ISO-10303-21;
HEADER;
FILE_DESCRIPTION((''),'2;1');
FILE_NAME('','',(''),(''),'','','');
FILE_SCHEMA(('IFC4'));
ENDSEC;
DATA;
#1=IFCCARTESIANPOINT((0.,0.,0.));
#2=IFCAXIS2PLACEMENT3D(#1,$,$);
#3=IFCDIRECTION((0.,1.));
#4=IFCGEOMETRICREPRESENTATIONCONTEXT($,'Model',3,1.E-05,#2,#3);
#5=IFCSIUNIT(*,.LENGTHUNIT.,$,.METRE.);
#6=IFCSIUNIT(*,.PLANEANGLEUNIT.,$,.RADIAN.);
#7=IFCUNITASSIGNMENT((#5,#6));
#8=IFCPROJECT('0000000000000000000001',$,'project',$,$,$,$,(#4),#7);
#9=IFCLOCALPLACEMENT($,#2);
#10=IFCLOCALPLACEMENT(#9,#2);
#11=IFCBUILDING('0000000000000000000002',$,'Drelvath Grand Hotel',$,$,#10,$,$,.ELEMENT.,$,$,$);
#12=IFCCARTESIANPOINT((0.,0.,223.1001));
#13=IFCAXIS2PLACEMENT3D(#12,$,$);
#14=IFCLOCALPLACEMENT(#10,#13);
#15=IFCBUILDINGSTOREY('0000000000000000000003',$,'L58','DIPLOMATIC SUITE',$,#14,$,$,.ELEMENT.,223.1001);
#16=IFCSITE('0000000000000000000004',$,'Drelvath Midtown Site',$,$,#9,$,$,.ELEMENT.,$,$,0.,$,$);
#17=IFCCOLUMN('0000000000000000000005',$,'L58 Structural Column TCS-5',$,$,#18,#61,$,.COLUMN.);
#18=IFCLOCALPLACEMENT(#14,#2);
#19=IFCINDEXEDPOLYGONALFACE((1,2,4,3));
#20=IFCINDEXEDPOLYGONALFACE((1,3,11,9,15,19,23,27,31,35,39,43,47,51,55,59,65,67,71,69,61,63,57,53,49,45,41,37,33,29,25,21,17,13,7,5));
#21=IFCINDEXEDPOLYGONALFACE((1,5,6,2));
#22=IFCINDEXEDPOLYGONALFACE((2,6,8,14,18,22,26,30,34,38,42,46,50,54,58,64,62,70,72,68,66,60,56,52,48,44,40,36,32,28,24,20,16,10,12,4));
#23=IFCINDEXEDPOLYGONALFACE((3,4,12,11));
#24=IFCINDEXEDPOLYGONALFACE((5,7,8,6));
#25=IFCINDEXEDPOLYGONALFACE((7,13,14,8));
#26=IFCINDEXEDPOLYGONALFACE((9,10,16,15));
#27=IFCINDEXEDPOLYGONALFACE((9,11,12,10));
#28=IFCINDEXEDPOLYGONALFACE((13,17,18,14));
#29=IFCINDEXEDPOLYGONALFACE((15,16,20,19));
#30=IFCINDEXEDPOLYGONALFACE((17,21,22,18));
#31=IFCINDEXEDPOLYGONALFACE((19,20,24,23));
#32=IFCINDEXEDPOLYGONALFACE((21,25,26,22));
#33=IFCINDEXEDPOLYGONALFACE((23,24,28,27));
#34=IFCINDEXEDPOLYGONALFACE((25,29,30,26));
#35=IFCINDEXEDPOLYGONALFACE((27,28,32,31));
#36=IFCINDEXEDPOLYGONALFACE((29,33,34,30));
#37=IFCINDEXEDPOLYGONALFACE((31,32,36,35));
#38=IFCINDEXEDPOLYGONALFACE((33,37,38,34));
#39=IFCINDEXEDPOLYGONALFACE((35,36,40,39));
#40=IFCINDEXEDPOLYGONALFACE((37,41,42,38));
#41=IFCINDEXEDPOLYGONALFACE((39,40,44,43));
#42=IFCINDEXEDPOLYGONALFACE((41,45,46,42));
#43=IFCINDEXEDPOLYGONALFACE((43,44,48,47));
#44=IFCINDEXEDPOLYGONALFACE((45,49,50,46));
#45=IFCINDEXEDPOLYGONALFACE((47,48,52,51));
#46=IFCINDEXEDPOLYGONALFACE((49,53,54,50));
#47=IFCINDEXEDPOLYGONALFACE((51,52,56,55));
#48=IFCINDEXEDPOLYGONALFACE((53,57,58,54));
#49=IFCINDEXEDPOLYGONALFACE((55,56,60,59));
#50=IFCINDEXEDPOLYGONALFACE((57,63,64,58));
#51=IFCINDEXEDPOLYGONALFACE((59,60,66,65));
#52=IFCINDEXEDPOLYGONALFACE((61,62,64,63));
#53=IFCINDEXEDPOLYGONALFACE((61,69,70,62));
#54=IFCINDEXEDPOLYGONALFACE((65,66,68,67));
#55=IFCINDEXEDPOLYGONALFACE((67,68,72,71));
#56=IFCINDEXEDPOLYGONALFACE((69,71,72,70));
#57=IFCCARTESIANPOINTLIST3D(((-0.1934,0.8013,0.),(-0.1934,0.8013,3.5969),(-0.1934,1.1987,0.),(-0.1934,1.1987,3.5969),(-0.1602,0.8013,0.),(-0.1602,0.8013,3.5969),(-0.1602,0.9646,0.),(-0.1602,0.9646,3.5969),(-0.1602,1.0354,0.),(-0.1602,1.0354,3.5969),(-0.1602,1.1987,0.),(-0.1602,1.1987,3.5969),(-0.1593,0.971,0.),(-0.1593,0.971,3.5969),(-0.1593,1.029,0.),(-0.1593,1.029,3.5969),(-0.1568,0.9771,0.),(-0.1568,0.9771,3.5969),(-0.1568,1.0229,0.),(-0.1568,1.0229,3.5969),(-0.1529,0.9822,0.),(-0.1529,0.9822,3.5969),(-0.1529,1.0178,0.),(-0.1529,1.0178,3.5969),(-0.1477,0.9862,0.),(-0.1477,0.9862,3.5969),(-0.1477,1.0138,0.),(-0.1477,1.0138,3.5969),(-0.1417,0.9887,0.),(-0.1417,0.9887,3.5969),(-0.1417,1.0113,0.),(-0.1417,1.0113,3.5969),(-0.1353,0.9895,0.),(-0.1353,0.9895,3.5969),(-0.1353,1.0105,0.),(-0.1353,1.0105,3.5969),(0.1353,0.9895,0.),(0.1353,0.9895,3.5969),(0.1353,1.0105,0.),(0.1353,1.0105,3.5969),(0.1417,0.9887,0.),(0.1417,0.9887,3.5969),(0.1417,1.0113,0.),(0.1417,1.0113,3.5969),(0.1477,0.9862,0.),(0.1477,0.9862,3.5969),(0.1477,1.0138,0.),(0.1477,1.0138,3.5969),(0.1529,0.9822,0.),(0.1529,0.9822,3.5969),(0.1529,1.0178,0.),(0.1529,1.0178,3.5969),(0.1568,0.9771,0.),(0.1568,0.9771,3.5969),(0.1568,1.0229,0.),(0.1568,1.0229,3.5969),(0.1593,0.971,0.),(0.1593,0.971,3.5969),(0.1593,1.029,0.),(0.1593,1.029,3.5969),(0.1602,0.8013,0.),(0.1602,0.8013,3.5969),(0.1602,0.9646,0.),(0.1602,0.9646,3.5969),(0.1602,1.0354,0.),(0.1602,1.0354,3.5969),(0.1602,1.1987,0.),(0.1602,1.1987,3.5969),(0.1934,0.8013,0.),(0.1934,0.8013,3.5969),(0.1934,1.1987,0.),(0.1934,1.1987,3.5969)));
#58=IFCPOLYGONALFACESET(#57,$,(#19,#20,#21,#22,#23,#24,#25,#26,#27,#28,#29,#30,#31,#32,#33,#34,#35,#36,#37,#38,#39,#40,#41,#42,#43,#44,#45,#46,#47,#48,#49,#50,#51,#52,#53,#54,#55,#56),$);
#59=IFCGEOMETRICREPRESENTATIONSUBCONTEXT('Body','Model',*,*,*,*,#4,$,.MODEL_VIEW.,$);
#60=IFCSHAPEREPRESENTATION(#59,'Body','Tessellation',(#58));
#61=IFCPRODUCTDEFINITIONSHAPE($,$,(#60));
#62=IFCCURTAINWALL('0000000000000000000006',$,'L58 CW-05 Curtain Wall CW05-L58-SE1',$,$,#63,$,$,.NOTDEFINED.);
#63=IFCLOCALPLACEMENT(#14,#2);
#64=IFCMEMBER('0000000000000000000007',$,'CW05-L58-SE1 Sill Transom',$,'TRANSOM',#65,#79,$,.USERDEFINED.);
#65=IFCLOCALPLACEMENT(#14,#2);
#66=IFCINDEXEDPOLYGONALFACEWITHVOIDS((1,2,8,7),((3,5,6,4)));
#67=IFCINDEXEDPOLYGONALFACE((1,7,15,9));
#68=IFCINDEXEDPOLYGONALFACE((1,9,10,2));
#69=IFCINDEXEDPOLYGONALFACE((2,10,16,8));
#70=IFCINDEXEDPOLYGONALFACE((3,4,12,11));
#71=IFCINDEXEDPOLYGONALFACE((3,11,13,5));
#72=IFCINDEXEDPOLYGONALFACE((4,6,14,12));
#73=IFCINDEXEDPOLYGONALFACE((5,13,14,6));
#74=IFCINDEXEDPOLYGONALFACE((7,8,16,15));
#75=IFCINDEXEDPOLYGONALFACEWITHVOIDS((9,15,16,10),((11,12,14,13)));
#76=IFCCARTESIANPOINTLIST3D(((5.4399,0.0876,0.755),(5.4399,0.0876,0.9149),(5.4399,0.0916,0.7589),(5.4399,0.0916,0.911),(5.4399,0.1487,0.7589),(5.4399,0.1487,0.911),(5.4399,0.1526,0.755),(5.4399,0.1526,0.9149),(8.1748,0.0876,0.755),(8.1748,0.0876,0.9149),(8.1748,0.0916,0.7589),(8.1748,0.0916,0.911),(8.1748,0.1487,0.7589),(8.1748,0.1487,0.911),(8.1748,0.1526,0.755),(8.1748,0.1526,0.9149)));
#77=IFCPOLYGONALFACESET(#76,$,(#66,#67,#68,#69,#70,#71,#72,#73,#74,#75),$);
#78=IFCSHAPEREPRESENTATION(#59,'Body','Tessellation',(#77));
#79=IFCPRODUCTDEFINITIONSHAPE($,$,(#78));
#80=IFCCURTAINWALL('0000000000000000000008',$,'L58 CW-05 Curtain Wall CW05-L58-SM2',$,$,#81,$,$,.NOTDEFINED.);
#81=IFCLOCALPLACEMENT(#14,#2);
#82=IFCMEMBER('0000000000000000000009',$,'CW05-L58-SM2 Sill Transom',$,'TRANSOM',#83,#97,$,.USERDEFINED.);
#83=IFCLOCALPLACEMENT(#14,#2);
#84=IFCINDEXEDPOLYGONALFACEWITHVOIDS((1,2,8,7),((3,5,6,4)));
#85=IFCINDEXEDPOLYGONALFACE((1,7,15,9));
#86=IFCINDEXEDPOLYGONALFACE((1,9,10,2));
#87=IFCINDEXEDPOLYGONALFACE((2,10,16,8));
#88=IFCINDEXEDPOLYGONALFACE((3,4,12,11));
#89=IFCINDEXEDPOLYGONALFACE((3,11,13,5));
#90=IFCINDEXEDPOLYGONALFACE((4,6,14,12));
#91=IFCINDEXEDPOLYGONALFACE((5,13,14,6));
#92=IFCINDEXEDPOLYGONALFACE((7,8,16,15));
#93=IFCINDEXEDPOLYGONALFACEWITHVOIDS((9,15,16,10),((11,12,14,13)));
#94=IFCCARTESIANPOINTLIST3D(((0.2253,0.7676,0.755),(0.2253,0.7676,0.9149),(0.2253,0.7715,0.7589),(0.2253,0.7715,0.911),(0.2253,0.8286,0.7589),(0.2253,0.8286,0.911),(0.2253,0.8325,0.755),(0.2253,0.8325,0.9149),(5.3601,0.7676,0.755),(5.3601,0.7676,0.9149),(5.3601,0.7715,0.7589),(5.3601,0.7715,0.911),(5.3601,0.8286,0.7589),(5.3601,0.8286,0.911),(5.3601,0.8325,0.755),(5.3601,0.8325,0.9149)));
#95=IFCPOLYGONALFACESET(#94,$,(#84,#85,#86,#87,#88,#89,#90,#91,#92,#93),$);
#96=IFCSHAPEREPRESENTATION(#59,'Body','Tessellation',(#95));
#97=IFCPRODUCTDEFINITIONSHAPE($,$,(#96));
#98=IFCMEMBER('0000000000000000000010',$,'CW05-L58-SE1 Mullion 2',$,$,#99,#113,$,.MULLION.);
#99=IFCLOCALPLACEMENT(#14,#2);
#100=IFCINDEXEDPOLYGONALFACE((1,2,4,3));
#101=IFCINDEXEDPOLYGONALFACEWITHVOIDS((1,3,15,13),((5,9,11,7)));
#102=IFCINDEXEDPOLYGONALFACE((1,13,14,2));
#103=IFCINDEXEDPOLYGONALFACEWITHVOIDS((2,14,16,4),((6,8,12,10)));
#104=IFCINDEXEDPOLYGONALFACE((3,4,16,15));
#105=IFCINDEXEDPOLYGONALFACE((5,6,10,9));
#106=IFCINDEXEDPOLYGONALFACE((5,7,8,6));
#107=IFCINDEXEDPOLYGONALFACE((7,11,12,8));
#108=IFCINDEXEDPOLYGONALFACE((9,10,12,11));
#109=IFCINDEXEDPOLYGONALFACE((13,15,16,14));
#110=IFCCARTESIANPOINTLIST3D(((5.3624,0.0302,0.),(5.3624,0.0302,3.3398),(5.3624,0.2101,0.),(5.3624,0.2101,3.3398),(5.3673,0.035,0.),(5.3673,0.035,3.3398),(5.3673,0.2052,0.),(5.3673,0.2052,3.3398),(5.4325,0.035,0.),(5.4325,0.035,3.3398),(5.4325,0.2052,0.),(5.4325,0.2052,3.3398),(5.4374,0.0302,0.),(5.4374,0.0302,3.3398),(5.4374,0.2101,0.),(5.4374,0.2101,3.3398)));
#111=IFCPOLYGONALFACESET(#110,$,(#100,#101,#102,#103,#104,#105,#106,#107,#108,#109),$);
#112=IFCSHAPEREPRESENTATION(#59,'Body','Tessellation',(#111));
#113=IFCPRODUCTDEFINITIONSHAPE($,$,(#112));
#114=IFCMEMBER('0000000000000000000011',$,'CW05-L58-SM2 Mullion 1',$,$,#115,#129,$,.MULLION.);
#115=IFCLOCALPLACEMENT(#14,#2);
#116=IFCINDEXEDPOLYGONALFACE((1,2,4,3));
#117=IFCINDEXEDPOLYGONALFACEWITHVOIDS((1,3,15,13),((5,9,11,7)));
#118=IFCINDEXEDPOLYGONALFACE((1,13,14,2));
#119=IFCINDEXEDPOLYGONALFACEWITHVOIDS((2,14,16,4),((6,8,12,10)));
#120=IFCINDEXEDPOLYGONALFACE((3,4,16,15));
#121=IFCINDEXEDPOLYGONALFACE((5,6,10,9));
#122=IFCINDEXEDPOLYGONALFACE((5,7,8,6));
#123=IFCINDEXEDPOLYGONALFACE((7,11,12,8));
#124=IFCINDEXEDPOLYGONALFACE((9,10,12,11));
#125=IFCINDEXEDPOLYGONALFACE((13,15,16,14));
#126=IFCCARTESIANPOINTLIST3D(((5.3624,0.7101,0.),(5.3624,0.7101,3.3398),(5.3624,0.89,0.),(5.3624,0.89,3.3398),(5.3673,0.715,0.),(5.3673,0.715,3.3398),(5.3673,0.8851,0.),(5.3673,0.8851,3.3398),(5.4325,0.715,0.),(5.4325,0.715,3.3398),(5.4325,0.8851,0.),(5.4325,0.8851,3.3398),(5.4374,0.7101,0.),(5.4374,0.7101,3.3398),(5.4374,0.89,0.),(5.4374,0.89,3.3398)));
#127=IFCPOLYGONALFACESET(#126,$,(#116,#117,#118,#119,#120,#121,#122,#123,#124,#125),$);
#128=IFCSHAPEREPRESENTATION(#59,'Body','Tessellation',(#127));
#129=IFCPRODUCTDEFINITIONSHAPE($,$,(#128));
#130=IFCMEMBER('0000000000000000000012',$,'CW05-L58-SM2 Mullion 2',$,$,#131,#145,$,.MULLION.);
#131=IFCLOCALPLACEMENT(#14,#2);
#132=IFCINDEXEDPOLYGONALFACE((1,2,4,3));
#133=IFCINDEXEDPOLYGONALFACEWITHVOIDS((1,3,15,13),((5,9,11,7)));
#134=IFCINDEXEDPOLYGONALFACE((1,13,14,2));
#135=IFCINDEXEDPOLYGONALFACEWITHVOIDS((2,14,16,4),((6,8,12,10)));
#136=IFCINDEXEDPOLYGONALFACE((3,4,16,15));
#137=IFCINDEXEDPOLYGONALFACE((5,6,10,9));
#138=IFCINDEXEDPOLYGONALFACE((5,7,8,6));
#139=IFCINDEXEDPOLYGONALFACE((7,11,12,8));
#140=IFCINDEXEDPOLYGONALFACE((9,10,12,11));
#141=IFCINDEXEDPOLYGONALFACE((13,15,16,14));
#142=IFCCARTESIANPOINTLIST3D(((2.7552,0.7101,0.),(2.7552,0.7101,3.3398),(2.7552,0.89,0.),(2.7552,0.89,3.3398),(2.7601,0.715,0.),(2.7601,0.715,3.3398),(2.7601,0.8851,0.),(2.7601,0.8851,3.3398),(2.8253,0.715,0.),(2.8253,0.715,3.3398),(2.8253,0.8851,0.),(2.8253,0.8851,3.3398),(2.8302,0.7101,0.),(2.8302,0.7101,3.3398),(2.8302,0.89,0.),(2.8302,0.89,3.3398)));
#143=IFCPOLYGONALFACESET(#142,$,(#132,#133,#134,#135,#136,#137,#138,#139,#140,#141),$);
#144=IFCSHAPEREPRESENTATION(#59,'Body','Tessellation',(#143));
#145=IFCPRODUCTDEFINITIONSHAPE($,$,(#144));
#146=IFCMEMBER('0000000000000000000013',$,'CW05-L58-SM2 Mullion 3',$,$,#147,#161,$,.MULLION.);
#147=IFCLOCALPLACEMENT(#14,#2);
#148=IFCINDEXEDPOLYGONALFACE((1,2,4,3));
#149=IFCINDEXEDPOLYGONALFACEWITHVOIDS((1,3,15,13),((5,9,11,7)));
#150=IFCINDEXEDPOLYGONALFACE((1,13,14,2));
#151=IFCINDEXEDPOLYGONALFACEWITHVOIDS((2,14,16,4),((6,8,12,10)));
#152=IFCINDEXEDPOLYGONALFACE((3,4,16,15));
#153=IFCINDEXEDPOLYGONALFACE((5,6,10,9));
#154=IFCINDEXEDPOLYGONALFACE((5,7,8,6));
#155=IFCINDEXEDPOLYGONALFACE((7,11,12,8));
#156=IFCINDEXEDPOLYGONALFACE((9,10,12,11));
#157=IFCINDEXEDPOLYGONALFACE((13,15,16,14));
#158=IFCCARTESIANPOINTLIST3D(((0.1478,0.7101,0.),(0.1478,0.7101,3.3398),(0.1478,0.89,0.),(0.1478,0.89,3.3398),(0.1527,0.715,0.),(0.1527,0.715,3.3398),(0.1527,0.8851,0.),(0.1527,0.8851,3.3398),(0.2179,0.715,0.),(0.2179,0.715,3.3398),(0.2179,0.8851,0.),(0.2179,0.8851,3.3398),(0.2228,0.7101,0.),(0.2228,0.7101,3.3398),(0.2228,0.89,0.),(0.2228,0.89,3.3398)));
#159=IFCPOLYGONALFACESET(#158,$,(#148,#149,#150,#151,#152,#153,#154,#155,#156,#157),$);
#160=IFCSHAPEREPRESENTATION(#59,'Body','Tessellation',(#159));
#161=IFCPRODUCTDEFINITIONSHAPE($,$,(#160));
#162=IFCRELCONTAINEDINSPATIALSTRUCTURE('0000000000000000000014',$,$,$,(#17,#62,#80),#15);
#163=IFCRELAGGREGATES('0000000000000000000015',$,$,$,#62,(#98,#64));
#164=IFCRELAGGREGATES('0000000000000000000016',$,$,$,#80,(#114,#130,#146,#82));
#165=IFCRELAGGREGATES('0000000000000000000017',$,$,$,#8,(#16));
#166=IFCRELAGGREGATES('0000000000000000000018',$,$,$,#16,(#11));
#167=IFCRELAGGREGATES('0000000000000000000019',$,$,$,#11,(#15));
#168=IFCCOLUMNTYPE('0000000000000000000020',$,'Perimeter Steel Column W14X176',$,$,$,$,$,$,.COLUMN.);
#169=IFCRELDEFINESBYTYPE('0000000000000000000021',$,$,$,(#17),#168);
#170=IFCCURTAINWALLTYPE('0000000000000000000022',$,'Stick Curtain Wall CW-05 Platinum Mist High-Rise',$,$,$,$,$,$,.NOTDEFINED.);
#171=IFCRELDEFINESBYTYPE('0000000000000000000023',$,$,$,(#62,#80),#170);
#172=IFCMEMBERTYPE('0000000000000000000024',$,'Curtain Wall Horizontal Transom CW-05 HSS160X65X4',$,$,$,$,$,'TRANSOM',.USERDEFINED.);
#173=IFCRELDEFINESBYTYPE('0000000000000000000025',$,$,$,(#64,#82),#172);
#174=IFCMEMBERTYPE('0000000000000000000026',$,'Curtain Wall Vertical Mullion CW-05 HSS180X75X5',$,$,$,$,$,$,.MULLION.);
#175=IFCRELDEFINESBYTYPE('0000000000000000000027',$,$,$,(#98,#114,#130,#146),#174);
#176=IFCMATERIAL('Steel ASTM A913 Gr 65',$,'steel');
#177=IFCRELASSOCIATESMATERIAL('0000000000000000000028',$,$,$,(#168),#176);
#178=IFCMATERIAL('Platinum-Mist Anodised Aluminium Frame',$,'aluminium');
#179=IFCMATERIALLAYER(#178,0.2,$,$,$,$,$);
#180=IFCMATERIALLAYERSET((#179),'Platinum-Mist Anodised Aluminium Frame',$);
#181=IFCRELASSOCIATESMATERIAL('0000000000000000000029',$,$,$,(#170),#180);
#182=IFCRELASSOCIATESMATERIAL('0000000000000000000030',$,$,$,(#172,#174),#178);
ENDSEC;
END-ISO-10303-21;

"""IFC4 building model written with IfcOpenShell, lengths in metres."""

from ifc_helpers import new_model, si_unit, direction, frame, origin, origin_2d, place, context, subcontext, project, spatial, hollow_rectangle, i_section, extrude, material, layer, layer_set, material_profile, profile_set, type_object, element, aggregate, save


model = new_model("IFC4")

# Units and contexts
model_context = context("Model", 3, precision=1e-05, world=origin(), true_north=direction((0.0, 1.0)))
body_context = subcontext(model_context, "Body", "Model", "MODEL_VIEW")
ifc_project = project(units=[si_unit("LENGTHUNIT", "METRE"), si_unit("PLANEANGLEUNIT", "RADIAN")], contexts=[model_context])

# Site, building, storey
site_placement = place(None, origin())
site = spatial("IfcSite", under=ifc_project, at=site_placement, Name="Drelvath Midtown Site", CompositionType="ELEMENT", RefElevation=0.0)
building_placement = place(site_placement, origin())
building = spatial("IfcBuilding", under=site, at=building_placement, Name="Drelvath Grand Hotel", CompositionType="ELEMENT")
storey_placement = place(building_placement, frame((0.0, 0.0, 223.1001)))
storey = spatial("IfcBuildingStorey", under=building, at=storey_placement, Name="L58", Description="DIPLOMATIC SUITE", CompositionType="ELEMENT", Elevation=223.1001)

# Column
ifc_material_1 = material(Name="Steel ASTM A913 Gr 65", Category="steel")
ifc_material_profile_1 = material_profile(ifc_material_1, i_section(OverallWidth=0.3975, OverallDepth=0.3867, WebThickness=0.021, FlangeThickness=0.0332, FilletRadius=0.0249, at=origin_2d()), Name="W14X176")
ifc_profile_set_1 = profile_set([ifc_material_profile_1], Name="Steel ASTM A913 Gr 65")
column_type = type_object("IfcColumnType", Name="Perimeter Steel Column W14X176", PredefinedType="COLUMN", material=ifc_profile_set_1)
column_placement = place(storey_placement, frame((0.0, 1.0, 0.0), z_axis=(0.0, 0.0, 1.0), x_axis=(0.0, 1.0, 0.0)))
element("IfcColumn", 1, at=column_placement, inside=storey, type_object=column_type, Name="L58 Structural Column TCS-5", PredefinedType="COLUMN", context=body_context, shape_type="SweptSolid", body=[
    extrude(i_section(OverallWidth=0.3975, OverallDepth=0.3867, WebThickness=0.021, FlangeThickness=0.0332, FilletRadius=0.0249, at=origin_2d()), origin(), (0.0, 0.0, 1.0), 3.5969),
])

# Curtain walls, members
ifc_material_2 = material(Name="Platinum-Mist Anodised Aluminium Frame", Category="aluminium")
ifc_layer_1 = layer(ifc_material_2, 0.2)
ifc_layer_set_1 = layer_set([ifc_layer_1], Name="Platinum-Mist Anodised Aluminium Frame")
curtain_wall_type = type_object("IfcCurtainWallType", Name="Stick Curtain Wall CW-05 Platinum Mist High-Rise", PredefinedType="NOTDEFINED", material=ifc_layer_set_1)
curtain_wall_1_placement = place(storey_placement, origin())
curtain_wall_1 = element("IfcCurtainWall", 2, at=curtain_wall_1_placement, inside=storey, type_object=curtain_wall_type, Name="L58 CW-05 Curtain Wall CW05-L58-SE1", PredefinedType="NOTDEFINED")
ifc_material_profile_2 = material_profile(ifc_material_2, hollow_rectangle(XDim=0.0649, YDim=0.1599, WallThickness=0.0039, at=origin_2d()), Name="HSS160X65X4")
ifc_profile_set_2 = profile_set([ifc_material_profile_2], Name="Platinum-Mist Anodised Aluminium Frame")
member_type_1 = type_object("IfcMemberType", Name="Curtain Wall Horizontal Transom CW-05 HSS160X65X4", ElementType="TRANSOM", PredefinedType="USERDEFINED", material=ifc_profile_set_2)
member_1_placement = place(storey_placement, frame((8.1748, 0.1201, 0.835), z_axis=(-1.0, 0.0, 0.0), x_axis=(0.0, -1.0, 0.0)))
member_1 = element("IfcMember", 3, at=member_1_placement, type_object=member_type_1, Name="CW05-L58-SE1 Sill Transom", ObjectType="TRANSOM", PredefinedType="USERDEFINED", context=body_context, shape_type="SweptSolid", body=[
    extrude(hollow_rectangle(XDim=0.0649, YDim=0.1599, WallThickness=0.0039, at=origin_2d()), origin(), (0.0, 0.0, 1.0), 2.7349),
])
curtain_wall_2_placement = place(storey_placement, origin())
curtain_wall_2 = element("IfcCurtainWall", 4, at=curtain_wall_2_placement, inside=storey, type_object=curtain_wall_type, Name="L58 CW-05 Curtain Wall CW05-L58-SM2", PredefinedType="NOTDEFINED")
member_2_placement = place(storey_placement, frame((5.3601, 0.8, 0.835), z_axis=(-1.0, 0.0, 0.0), x_axis=(0.0, -1.0, 0.0)))
member_2 = element("IfcMember", 5, at=member_2_placement, type_object=member_type_1, Name="CW05-L58-SM2 Sill Transom", ObjectType="TRANSOM", PredefinedType="USERDEFINED", context=body_context, shape_type="SweptSolid", body=[
    extrude(hollow_rectangle(XDim=0.0649, YDim=0.1599, WallThickness=0.0039, at=origin_2d()), origin(), (0.0, 0.0, 1.0), 5.1348),
])

# Members
ifc_material_profile_3 = material_profile(ifc_material_2, hollow_rectangle(XDim=0.075, YDim=0.1799, WallThickness=0.0049, at=origin_2d()), Name="HSS180X75X5")
ifc_profile_set_3 = profile_set([ifc_material_profile_3], Name="Platinum-Mist Anodised Aluminium Frame")
member_type_2 = type_object("IfcMemberType", Name="Curtain Wall Vertical Mullion CW-05 HSS180X75X5", PredefinedType="MULLION", material=ifc_profile_set_3)
member_3_placement = place(storey_placement, frame((5.3999, 0.1201, 0.0), z_axis=(0.0, 0.0, 1.0), x_axis=(1.0, 0.0, 0.0)))
member_3 = element("IfcMember", 6, at=member_3_placement, type_object=member_type_2, Name="CW05-L58-SE1 Mullion 2", PredefinedType="MULLION", context=body_context, shape_type="SweptSolid", body=[
    extrude(hollow_rectangle(XDim=0.075, YDim=0.1799, WallThickness=0.0049, at=origin_2d()), origin(), (0.0, 0.0, 1.0), 3.3398),
])
member_4_placement = place(storey_placement, frame((5.3999, 0.8, 0.0), z_axis=(0.0, 0.0, 1.0), x_axis=(1.0, 0.0, 0.0)))
member_4 = element("IfcMember", 7, at=member_4_placement, type_object=member_type_2, Name="CW05-L58-SM2 Mullion 1", PredefinedType="MULLION", context=body_context, shape_type="SweptSolid", body=[
    extrude(hollow_rectangle(XDim=0.075, YDim=0.1799, WallThickness=0.0049, at=origin_2d()), origin(), (0.0, 0.0, 1.0), 3.3398),
])
member_5_placement = place(storey_placement, frame((2.7927, 0.8, 0.0), z_axis=(0.0, 0.0, 1.0), x_axis=(1.0, 0.0, 0.0)))
member_5 = element("IfcMember", 8, at=member_5_placement, type_object=member_type_2, Name="CW05-L58-SM2 Mullion 2", PredefinedType="MULLION", context=body_context, shape_type="SweptSolid", body=[
    extrude(hollow_rectangle(XDim=0.075, YDim=0.1799, WallThickness=0.0049, at=origin_2d()), origin(), (0.0, 0.0, 1.0), 3.3398),
])
member_6_placement = place(storey_placement, frame((0.1853, 0.8, 0.0), z_axis=(0.0, 0.0, 1.0), x_axis=(1.0, 0.0, 0.0)))
member_6 = element("IfcMember", 9, at=member_6_placement, type_object=member_type_2, Name="CW05-L58-SM2 Mullion 3", PredefinedType="MULLION", context=body_context, shape_type="SweptSolid", body=[
    extrude(hollow_rectangle(XDim=0.075, YDim=0.1799, WallThickness=0.0049, at=origin_2d()), origin(), (0.0, 0.0, 1.0), 3.3398),
])

aggregate(curtain_wall_1, [member_3, member_1])
aggregate(curtain_wall_2, [member_4, member_5, member_6, member_2])

save(model, "model.ifc")
